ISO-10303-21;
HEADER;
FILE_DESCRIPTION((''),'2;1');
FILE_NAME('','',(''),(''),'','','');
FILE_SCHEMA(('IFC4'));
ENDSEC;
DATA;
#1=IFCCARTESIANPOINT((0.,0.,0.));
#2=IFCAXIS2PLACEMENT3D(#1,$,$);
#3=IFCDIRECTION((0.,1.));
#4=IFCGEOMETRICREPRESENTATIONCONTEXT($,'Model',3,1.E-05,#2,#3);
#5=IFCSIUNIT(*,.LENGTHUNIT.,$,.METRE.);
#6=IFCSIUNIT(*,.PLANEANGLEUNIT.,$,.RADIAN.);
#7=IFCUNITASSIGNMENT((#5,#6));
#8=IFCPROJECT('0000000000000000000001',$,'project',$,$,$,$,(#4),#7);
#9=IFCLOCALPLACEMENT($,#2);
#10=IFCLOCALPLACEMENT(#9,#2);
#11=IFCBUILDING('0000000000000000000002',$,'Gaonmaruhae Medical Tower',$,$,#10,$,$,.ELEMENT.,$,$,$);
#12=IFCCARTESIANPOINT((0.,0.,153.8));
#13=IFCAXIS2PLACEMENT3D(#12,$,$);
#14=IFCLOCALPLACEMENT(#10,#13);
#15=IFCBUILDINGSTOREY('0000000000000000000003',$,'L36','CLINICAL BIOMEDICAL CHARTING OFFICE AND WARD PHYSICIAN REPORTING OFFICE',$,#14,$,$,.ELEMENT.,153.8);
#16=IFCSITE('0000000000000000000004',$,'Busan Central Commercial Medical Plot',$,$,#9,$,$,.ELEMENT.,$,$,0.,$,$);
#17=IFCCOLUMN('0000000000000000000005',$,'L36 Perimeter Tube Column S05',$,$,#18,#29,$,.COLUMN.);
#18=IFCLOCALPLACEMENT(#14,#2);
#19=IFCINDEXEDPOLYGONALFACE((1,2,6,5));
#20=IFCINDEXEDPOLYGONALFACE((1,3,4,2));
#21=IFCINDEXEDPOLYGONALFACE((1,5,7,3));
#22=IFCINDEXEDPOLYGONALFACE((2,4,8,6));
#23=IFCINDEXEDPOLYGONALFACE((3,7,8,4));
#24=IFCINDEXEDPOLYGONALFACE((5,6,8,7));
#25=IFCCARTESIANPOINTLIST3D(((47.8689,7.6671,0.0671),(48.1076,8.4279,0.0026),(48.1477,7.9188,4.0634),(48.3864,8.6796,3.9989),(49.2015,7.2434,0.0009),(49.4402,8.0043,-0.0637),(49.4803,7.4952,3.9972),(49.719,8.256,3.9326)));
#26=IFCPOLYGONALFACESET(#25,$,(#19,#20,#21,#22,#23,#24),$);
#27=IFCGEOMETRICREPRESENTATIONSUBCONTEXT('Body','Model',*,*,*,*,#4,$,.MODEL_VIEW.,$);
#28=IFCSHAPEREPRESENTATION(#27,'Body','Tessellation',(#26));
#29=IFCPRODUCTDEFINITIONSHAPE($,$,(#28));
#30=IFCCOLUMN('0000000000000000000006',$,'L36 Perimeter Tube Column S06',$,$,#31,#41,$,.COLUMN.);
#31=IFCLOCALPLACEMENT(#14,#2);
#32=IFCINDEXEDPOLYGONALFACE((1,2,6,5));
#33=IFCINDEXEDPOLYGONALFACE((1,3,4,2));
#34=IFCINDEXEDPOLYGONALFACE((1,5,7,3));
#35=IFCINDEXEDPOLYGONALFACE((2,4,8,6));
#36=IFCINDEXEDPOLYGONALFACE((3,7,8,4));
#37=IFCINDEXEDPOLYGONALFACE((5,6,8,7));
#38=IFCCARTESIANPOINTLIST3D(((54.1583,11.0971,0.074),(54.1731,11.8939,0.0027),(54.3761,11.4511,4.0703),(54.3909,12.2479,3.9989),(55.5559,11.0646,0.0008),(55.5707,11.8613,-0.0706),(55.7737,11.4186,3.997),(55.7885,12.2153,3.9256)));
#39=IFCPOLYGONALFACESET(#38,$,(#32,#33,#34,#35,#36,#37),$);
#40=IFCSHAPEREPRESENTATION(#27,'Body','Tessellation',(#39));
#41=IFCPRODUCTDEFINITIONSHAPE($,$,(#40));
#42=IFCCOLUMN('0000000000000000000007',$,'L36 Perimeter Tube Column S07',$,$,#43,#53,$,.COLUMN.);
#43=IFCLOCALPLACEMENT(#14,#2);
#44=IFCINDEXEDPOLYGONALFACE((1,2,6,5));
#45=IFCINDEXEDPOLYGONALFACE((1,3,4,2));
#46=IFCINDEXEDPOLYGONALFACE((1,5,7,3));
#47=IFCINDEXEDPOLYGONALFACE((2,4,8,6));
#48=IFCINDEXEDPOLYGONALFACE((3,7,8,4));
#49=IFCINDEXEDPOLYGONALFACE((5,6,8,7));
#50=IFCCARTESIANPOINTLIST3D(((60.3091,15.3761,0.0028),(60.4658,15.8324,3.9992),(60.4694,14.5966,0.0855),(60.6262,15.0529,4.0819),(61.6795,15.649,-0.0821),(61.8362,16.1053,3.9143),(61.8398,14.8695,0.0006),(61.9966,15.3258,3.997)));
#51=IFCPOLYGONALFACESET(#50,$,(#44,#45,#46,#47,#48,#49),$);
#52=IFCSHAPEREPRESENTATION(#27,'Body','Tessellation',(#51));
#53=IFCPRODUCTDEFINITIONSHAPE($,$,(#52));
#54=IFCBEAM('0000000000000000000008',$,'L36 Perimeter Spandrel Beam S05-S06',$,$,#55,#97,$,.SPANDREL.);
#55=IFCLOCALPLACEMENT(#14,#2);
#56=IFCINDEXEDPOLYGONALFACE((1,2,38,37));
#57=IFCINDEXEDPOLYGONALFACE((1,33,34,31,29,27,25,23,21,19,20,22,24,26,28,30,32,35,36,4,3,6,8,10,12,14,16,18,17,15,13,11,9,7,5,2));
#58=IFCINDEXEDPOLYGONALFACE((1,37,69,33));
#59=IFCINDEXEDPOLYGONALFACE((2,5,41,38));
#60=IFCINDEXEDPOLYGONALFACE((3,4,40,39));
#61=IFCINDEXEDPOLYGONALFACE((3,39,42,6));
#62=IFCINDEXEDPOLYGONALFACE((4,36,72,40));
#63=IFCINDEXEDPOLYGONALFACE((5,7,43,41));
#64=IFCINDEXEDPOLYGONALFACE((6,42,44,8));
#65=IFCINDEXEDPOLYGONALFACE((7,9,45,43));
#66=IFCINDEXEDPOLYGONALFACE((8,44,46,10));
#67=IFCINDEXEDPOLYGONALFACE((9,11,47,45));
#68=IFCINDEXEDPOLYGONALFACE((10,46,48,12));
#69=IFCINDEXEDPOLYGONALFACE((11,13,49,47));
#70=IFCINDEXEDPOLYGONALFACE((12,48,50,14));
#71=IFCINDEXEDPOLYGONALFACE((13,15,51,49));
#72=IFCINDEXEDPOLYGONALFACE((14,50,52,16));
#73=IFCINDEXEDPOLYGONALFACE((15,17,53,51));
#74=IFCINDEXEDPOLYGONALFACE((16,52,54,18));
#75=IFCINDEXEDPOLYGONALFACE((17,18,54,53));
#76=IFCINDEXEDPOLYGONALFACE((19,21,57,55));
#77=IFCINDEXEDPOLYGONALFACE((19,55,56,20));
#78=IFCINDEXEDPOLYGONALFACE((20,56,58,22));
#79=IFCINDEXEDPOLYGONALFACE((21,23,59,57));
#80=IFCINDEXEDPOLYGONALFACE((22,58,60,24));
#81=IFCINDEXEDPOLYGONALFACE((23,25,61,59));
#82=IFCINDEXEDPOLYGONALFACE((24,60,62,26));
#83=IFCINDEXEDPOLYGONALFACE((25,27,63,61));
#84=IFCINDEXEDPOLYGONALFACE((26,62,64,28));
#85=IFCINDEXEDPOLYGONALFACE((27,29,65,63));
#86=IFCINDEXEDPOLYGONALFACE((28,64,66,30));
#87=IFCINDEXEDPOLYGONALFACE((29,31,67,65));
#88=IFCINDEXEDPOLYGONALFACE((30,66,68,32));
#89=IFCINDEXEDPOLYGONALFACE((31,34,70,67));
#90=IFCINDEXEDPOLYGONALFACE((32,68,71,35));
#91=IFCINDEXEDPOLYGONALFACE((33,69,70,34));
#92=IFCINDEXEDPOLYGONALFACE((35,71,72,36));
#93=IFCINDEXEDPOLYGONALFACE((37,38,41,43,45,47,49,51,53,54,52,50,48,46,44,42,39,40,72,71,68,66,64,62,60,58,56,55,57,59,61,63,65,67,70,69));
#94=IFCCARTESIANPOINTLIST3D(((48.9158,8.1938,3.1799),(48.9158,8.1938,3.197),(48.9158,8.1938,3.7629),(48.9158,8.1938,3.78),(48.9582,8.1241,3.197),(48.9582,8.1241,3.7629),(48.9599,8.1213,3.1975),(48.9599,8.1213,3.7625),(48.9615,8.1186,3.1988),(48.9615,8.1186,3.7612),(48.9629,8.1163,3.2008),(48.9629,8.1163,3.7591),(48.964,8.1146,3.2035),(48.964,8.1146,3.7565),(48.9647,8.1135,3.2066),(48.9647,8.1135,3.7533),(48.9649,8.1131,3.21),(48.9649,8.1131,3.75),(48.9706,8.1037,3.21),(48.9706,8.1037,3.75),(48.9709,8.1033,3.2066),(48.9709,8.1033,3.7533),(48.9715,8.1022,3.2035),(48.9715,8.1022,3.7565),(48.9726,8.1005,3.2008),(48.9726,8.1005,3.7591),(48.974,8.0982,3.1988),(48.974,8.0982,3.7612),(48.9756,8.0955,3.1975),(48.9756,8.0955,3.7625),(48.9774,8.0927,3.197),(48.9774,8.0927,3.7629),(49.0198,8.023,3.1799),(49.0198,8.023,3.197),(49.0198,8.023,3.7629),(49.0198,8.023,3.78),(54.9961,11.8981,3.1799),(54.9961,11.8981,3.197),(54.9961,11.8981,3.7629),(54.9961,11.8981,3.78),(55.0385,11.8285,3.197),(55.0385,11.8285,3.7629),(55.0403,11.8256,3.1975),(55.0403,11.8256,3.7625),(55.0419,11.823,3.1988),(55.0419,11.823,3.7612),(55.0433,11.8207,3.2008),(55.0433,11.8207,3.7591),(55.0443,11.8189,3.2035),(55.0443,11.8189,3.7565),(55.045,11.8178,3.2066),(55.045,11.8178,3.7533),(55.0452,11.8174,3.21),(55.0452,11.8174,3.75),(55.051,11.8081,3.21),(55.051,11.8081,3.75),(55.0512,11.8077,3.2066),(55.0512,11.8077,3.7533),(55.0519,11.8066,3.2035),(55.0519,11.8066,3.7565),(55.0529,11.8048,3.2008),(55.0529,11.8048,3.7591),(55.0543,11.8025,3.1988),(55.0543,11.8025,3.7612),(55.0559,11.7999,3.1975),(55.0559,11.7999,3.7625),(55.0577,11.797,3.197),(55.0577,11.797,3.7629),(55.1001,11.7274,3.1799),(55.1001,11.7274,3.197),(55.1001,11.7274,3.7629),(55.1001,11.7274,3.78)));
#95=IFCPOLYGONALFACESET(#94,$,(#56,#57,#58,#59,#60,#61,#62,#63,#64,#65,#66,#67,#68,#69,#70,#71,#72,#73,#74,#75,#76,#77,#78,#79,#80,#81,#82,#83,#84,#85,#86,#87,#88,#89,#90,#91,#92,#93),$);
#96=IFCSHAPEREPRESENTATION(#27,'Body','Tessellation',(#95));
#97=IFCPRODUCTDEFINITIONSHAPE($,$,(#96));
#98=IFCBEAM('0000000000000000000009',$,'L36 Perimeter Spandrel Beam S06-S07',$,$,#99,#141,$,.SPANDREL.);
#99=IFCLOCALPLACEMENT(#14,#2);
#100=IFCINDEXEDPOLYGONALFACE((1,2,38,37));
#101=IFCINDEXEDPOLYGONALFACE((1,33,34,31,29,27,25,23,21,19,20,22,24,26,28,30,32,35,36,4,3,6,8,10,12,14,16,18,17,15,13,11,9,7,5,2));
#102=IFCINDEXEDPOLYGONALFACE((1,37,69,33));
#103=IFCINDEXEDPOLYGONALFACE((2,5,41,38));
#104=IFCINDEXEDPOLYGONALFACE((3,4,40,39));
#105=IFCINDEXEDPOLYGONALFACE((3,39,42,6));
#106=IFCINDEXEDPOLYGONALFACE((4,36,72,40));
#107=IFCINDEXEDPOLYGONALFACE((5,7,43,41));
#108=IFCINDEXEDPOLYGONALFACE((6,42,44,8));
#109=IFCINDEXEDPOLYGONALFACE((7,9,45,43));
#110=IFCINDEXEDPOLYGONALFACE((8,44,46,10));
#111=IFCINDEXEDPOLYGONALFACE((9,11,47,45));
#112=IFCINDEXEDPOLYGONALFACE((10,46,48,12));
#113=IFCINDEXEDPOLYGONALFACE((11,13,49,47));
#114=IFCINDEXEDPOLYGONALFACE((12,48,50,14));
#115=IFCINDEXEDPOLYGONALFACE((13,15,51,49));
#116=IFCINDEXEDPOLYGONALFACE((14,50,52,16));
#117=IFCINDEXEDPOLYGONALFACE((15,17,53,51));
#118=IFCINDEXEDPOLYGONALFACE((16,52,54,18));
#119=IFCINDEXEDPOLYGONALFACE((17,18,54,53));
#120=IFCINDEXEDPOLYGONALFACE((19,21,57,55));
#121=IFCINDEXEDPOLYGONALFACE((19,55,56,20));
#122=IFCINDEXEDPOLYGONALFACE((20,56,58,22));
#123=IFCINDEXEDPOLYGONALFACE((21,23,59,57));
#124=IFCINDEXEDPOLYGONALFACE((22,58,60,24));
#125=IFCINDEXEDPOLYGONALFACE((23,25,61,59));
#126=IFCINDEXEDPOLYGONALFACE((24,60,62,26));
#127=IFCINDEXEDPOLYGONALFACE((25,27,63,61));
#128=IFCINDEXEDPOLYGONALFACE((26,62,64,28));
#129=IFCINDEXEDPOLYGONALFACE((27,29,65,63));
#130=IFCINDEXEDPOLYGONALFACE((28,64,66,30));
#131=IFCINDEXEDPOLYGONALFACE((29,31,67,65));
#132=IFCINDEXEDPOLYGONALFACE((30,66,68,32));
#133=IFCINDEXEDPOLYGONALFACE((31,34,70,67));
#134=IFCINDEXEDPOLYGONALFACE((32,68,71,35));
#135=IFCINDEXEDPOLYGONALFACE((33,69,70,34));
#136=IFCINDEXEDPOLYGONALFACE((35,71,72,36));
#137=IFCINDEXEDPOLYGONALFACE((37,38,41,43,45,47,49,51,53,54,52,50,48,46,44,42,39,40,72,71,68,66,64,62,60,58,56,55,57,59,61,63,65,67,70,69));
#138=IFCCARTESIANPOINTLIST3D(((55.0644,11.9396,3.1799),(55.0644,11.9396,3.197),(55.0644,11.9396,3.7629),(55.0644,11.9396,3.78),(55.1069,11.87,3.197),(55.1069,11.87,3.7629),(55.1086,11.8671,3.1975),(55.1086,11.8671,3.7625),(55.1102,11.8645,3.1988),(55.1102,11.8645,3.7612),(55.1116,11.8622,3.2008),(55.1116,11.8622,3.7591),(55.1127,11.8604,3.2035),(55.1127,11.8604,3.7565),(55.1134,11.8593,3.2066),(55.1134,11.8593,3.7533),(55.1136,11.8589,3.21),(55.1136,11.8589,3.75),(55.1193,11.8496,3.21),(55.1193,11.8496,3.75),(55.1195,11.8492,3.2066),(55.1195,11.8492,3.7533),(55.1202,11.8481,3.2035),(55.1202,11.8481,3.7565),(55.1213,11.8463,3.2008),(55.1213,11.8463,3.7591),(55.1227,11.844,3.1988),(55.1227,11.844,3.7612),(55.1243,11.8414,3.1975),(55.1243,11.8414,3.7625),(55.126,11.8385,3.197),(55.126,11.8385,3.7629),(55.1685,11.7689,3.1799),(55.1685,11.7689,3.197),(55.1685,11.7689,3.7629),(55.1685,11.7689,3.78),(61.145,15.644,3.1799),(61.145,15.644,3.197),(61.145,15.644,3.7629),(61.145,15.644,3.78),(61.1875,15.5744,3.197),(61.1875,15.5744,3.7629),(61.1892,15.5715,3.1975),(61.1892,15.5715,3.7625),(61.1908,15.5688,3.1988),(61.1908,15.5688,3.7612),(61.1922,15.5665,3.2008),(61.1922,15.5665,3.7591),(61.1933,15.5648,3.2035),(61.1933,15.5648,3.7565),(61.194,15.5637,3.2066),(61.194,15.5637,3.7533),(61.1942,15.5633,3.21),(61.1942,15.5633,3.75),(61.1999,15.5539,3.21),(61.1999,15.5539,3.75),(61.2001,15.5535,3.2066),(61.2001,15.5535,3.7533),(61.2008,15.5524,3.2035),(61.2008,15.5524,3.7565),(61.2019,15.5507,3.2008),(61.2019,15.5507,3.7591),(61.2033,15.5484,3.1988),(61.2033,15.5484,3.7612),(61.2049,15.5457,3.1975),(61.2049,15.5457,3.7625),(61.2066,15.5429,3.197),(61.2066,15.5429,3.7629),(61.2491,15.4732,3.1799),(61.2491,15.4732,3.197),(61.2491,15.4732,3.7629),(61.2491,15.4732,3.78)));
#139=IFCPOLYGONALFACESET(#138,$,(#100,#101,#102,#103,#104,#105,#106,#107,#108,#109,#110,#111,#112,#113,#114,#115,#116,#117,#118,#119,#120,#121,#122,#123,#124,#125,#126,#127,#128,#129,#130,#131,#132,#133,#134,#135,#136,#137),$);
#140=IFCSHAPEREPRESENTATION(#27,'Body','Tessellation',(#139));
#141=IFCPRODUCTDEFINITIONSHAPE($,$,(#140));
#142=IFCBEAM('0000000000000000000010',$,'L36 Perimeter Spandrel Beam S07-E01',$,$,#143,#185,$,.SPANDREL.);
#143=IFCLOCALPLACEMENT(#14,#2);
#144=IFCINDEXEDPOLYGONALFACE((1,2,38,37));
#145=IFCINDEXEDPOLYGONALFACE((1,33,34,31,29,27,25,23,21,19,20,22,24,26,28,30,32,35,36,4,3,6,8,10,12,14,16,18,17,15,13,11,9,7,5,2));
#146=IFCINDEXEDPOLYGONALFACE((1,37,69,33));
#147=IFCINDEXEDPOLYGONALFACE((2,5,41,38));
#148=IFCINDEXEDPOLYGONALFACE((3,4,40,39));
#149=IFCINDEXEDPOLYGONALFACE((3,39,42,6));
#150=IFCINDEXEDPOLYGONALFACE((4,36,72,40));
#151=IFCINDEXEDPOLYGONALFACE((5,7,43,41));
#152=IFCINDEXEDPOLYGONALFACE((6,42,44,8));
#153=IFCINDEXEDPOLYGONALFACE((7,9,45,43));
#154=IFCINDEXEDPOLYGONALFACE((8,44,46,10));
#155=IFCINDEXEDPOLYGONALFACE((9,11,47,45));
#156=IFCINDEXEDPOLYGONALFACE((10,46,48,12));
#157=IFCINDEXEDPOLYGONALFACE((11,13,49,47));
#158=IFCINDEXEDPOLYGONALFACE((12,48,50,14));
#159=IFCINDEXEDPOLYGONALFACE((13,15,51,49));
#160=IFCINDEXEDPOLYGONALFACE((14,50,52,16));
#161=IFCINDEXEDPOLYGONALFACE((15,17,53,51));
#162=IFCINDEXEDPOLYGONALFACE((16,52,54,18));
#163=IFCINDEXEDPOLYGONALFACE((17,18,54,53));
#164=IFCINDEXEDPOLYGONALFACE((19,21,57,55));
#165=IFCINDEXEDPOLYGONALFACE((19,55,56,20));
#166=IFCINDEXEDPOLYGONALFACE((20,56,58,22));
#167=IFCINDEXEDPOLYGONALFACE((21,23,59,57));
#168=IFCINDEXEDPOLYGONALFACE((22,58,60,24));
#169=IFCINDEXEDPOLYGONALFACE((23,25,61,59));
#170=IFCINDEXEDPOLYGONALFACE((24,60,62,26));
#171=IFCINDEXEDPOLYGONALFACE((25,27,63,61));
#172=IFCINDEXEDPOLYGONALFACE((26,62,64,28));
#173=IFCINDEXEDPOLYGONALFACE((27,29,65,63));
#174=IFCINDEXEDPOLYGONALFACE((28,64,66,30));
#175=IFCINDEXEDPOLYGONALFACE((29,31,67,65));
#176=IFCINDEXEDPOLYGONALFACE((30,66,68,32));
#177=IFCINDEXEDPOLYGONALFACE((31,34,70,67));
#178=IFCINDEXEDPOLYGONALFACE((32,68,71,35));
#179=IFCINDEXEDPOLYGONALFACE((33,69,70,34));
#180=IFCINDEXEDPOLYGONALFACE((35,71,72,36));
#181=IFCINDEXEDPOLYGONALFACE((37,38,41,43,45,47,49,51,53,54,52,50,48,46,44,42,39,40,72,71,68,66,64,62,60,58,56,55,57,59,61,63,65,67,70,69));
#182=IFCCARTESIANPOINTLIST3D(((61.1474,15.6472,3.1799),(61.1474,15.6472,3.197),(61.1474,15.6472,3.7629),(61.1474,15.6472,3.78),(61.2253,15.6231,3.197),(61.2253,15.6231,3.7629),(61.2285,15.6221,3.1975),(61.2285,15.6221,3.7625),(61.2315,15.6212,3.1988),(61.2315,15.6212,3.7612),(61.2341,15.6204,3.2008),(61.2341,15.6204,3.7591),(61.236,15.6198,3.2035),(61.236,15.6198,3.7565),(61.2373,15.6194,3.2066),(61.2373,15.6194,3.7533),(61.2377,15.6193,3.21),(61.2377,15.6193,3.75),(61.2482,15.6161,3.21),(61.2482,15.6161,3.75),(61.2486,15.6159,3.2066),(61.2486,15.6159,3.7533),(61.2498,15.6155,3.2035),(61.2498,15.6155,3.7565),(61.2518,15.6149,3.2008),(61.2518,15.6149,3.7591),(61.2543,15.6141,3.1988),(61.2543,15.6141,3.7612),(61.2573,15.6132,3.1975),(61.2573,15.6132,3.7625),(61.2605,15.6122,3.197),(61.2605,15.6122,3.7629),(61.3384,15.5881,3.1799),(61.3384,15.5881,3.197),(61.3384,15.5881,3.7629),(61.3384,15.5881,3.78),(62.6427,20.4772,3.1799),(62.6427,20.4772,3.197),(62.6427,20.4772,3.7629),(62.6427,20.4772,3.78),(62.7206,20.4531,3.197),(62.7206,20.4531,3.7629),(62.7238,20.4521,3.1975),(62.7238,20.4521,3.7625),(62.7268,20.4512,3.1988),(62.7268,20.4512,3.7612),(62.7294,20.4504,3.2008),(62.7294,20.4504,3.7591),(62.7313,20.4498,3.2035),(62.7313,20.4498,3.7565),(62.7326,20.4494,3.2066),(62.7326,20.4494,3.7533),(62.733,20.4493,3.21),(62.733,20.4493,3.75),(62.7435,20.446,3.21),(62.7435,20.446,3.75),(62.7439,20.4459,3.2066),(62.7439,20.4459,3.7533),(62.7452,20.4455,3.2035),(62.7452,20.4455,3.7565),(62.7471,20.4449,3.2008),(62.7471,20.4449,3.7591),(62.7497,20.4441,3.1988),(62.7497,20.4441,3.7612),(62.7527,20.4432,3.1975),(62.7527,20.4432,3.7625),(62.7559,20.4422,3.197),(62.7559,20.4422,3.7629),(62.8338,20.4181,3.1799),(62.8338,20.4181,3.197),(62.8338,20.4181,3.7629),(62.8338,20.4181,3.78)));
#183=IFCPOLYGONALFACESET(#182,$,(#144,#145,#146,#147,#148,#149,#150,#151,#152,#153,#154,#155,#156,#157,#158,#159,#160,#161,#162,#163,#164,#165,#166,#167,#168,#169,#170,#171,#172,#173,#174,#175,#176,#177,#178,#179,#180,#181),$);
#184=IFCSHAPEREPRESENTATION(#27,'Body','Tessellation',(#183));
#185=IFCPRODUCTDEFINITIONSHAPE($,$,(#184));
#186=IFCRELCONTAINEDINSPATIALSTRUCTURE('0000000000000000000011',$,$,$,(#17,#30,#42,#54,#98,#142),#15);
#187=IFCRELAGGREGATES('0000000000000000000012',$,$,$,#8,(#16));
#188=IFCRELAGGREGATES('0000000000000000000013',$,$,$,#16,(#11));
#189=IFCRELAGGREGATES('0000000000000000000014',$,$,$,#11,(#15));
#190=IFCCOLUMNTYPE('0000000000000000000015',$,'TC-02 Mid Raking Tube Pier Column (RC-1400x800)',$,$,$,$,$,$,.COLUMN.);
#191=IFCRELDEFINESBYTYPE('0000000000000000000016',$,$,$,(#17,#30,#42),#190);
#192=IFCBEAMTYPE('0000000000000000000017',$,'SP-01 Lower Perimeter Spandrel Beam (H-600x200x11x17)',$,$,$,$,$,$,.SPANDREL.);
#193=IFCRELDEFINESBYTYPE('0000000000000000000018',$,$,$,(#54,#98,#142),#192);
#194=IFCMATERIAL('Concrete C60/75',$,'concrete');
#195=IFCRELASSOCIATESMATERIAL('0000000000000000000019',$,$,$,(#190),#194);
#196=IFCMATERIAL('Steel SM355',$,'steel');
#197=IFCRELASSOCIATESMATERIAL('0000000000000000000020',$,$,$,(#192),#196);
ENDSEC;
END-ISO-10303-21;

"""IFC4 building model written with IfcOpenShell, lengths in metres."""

from ifc_helpers import new_model, si_unit, direction, frame, origin, origin_2d, place, context, subcontext, project, spatial, rectangle, i_section, extrude, material, material_profile, profile_set, type_object, element, save


model = new_model("IFC4")

# Units and contexts
model_context = context("Model", 3, precision=1e-05, world=origin(), true_north=direction((0.0, 1.0)))
body_context = subcontext(model_context, "Body", "Model", "MODEL_VIEW")
ifc_project = project(units=[si_unit("LENGTHUNIT", "METRE"), si_unit("PLANEANGLEUNIT", "RADIAN")], contexts=[model_context])

# Site, building, storey
site_placement = place(None, origin())
site = spatial("IfcSite", under=ifc_project, at=site_placement, Name="Busan Central Commercial Medical Plot", CompositionType="ELEMENT", RefElevation=0.0)
building_placement = place(site_placement, origin())
building = spatial("IfcBuilding", under=site, at=building_placement, Name="Gaonmaruhae Medical Tower", CompositionType="ELEMENT")
storey_placement = place(building_placement, frame((0.0, 0.0, 153.8)))
storey = spatial("IfcBuildingStorey", under=building, at=storey_placement, Name="L36", Description="CLINICAL BIOMEDICAL CHARTING OFFICE AND WARD PHYSICIAN REPORTING OFFICE", CompositionType="ELEMENT", Elevation=153.8)

# Columns
ifc_material_1 = material(Name="Concrete C60/75", Category="concrete")
ifc_material_profile_1 = material_profile(ifc_material_1, rectangle(XDim=1.3999, YDim=0.8, at=origin_2d()), Name="RC-1400x800")
ifc_profile_set_1 = profile_set([ifc_material_profile_1], Name="Concrete C60/75")
column_type = type_object("IfcColumnType", Name="TC-02 Mid Raking Tube Pier Column (RC-1400x800)", PredefinedType="COLUMN", material=ifc_profile_set_1)
column_1_placement = place(storey_placement, frame((48.6545, 7.8357, 0.0017), z_axis=(0.06946, 0.062709, 0.995612), x_axis=(-0.951942, 0.302597, 0.047354)))
element("IfcColumn", 1, at=column_1_placement, inside=storey, type_object=column_type, Name="L36 Perimeter Tube Column S05", PredefinedType="COLUMN", context=body_context, shape_type="SweptSolid", body=[
    extrude(rectangle(XDim=1.3999, YDim=0.8, at=origin_2d()), origin(), (0.0, 0.0, 1.0), 4.0139),
])
column_2_placement = place(storey_placement, frame((54.8645, 11.4792, 0.0017), z_axis=(0.054201, 0.088107, 0.994635), x_axis=(-0.998359, 0.023232, 0.052346)))
element("IfcColumn", 2, at=column_2_placement, inside=storey, type_object=column_type, Name="L36 Perimeter Tube Column S06", PredefinedType="COLUMN", context=body_context, shape_type="SweptSolid", body=[
    extrude(rectangle(XDim=1.3999, YDim=0.8, at=origin_2d()), origin(), (0.0, 0.0, 1.0), 4.0178),
])
column_3_placement = place(storey_placement, frame((61.0745, 15.1228, 0.0017), z_axis=(0.038938, 0.113356, 0.992791), x_axis=(-0.978939, -0.194933, 0.060652)))
element("IfcColumn", 3, at=column_3_placement, inside=storey, type_object=column_type, Name="L36 Perimeter Tube Column S07", PredefinedType="COLUMN", context=body_context, shape_type="SweptSolid", body=[
    extrude(rectangle(XDim=1.3999, YDim=0.8, at=origin_2d()), origin(), (0.0, 0.0, 1.0), 4.0254),
])

# Beams
ifc_material_2 = material(Name="Steel SM355", Category="steel")
ifc_material_profile_2 = material_profile(ifc_material_2, i_section(OverallWidth=0.2, OverallDepth=0.6001, WebThickness=0.011, FlangeThickness=0.0171, FilletRadius=0.0129, at=origin_2d()), Name="H-600x200x11x17")
ifc_profile_set_2 = profile_set([ifc_material_profile_2], Name="Steel SM355")
beam_type = type_object("IfcBeamType", Name="SP-01 Lower Perimeter Spandrel Beam (H-600x200x11x17)", PredefinedType="SPANDREL", material=ifc_profile_set_2)
beam_1_placement = place(storey_placement, frame((48.9678, 8.1084, 3.48), z_axis=(0.853994, 0.520283, 0.0), x_axis=(-0.520283, 0.853994, 0.0)))
element("IfcBeam", 4, at=beam_1_placement, inside=storey, type_object=beam_type, Name="L36 Perimeter Spandrel Beam S05-S06", PredefinedType="SPANDREL", context=body_context, shape_type="SweptSolid", body=[
    extrude(i_section(OverallWidth=0.2, OverallDepth=0.6001, WebThickness=0.011, FlangeThickness=0.0171, FilletRadius=0.0129, at=origin_2d()), origin(), (0.0, 0.0, 1.0), 7.1199),
])
beam_2_placement = place(storey_placement, frame((55.1165, 11.8542, 3.48), z_axis=(0.854003, 0.520268, 0.0), x_axis=(-0.520268, 0.854003, 0.0)))
element("IfcBeam", 5, at=beam_2_placement, inside=storey, type_object=beam_type, Name="L36 Perimeter Spandrel Beam S06-S07", PredefinedType="SPANDREL", context=body_context, shape_type="SweptSolid", body=[
    extrude(i_section(OverallWidth=0.2, OverallDepth=0.6001, WebThickness=0.011, FlangeThickness=0.0171, FilletRadius=0.0129, at=origin_2d()), origin(), (0.0, 0.0, 1.0), 7.1201),
])
beam_3_placement = place(storey_placement, frame((61.2429, 15.6177, 3.48), z_axis=(0.295745, 0.955267, 0.0), x_axis=(-0.955267, 0.295745, 0.0)))
element("IfcBeam", 6, at=beam_3_placement, inside=storey, type_object=beam_type, Name="L36 Perimeter Spandrel Beam S07-E01", PredefinedType="SPANDREL", context=body_context, shape_type="SweptSolid", body=[
    extrude(i_section(OverallWidth=0.2, OverallDepth=0.6001, WebThickness=0.011, FlangeThickness=0.0171, FilletRadius=0.0129, at=origin_2d()), origin(), (0.0, 0.0, 1.0), 5.0562),
])

save(model, "model.ifc")
